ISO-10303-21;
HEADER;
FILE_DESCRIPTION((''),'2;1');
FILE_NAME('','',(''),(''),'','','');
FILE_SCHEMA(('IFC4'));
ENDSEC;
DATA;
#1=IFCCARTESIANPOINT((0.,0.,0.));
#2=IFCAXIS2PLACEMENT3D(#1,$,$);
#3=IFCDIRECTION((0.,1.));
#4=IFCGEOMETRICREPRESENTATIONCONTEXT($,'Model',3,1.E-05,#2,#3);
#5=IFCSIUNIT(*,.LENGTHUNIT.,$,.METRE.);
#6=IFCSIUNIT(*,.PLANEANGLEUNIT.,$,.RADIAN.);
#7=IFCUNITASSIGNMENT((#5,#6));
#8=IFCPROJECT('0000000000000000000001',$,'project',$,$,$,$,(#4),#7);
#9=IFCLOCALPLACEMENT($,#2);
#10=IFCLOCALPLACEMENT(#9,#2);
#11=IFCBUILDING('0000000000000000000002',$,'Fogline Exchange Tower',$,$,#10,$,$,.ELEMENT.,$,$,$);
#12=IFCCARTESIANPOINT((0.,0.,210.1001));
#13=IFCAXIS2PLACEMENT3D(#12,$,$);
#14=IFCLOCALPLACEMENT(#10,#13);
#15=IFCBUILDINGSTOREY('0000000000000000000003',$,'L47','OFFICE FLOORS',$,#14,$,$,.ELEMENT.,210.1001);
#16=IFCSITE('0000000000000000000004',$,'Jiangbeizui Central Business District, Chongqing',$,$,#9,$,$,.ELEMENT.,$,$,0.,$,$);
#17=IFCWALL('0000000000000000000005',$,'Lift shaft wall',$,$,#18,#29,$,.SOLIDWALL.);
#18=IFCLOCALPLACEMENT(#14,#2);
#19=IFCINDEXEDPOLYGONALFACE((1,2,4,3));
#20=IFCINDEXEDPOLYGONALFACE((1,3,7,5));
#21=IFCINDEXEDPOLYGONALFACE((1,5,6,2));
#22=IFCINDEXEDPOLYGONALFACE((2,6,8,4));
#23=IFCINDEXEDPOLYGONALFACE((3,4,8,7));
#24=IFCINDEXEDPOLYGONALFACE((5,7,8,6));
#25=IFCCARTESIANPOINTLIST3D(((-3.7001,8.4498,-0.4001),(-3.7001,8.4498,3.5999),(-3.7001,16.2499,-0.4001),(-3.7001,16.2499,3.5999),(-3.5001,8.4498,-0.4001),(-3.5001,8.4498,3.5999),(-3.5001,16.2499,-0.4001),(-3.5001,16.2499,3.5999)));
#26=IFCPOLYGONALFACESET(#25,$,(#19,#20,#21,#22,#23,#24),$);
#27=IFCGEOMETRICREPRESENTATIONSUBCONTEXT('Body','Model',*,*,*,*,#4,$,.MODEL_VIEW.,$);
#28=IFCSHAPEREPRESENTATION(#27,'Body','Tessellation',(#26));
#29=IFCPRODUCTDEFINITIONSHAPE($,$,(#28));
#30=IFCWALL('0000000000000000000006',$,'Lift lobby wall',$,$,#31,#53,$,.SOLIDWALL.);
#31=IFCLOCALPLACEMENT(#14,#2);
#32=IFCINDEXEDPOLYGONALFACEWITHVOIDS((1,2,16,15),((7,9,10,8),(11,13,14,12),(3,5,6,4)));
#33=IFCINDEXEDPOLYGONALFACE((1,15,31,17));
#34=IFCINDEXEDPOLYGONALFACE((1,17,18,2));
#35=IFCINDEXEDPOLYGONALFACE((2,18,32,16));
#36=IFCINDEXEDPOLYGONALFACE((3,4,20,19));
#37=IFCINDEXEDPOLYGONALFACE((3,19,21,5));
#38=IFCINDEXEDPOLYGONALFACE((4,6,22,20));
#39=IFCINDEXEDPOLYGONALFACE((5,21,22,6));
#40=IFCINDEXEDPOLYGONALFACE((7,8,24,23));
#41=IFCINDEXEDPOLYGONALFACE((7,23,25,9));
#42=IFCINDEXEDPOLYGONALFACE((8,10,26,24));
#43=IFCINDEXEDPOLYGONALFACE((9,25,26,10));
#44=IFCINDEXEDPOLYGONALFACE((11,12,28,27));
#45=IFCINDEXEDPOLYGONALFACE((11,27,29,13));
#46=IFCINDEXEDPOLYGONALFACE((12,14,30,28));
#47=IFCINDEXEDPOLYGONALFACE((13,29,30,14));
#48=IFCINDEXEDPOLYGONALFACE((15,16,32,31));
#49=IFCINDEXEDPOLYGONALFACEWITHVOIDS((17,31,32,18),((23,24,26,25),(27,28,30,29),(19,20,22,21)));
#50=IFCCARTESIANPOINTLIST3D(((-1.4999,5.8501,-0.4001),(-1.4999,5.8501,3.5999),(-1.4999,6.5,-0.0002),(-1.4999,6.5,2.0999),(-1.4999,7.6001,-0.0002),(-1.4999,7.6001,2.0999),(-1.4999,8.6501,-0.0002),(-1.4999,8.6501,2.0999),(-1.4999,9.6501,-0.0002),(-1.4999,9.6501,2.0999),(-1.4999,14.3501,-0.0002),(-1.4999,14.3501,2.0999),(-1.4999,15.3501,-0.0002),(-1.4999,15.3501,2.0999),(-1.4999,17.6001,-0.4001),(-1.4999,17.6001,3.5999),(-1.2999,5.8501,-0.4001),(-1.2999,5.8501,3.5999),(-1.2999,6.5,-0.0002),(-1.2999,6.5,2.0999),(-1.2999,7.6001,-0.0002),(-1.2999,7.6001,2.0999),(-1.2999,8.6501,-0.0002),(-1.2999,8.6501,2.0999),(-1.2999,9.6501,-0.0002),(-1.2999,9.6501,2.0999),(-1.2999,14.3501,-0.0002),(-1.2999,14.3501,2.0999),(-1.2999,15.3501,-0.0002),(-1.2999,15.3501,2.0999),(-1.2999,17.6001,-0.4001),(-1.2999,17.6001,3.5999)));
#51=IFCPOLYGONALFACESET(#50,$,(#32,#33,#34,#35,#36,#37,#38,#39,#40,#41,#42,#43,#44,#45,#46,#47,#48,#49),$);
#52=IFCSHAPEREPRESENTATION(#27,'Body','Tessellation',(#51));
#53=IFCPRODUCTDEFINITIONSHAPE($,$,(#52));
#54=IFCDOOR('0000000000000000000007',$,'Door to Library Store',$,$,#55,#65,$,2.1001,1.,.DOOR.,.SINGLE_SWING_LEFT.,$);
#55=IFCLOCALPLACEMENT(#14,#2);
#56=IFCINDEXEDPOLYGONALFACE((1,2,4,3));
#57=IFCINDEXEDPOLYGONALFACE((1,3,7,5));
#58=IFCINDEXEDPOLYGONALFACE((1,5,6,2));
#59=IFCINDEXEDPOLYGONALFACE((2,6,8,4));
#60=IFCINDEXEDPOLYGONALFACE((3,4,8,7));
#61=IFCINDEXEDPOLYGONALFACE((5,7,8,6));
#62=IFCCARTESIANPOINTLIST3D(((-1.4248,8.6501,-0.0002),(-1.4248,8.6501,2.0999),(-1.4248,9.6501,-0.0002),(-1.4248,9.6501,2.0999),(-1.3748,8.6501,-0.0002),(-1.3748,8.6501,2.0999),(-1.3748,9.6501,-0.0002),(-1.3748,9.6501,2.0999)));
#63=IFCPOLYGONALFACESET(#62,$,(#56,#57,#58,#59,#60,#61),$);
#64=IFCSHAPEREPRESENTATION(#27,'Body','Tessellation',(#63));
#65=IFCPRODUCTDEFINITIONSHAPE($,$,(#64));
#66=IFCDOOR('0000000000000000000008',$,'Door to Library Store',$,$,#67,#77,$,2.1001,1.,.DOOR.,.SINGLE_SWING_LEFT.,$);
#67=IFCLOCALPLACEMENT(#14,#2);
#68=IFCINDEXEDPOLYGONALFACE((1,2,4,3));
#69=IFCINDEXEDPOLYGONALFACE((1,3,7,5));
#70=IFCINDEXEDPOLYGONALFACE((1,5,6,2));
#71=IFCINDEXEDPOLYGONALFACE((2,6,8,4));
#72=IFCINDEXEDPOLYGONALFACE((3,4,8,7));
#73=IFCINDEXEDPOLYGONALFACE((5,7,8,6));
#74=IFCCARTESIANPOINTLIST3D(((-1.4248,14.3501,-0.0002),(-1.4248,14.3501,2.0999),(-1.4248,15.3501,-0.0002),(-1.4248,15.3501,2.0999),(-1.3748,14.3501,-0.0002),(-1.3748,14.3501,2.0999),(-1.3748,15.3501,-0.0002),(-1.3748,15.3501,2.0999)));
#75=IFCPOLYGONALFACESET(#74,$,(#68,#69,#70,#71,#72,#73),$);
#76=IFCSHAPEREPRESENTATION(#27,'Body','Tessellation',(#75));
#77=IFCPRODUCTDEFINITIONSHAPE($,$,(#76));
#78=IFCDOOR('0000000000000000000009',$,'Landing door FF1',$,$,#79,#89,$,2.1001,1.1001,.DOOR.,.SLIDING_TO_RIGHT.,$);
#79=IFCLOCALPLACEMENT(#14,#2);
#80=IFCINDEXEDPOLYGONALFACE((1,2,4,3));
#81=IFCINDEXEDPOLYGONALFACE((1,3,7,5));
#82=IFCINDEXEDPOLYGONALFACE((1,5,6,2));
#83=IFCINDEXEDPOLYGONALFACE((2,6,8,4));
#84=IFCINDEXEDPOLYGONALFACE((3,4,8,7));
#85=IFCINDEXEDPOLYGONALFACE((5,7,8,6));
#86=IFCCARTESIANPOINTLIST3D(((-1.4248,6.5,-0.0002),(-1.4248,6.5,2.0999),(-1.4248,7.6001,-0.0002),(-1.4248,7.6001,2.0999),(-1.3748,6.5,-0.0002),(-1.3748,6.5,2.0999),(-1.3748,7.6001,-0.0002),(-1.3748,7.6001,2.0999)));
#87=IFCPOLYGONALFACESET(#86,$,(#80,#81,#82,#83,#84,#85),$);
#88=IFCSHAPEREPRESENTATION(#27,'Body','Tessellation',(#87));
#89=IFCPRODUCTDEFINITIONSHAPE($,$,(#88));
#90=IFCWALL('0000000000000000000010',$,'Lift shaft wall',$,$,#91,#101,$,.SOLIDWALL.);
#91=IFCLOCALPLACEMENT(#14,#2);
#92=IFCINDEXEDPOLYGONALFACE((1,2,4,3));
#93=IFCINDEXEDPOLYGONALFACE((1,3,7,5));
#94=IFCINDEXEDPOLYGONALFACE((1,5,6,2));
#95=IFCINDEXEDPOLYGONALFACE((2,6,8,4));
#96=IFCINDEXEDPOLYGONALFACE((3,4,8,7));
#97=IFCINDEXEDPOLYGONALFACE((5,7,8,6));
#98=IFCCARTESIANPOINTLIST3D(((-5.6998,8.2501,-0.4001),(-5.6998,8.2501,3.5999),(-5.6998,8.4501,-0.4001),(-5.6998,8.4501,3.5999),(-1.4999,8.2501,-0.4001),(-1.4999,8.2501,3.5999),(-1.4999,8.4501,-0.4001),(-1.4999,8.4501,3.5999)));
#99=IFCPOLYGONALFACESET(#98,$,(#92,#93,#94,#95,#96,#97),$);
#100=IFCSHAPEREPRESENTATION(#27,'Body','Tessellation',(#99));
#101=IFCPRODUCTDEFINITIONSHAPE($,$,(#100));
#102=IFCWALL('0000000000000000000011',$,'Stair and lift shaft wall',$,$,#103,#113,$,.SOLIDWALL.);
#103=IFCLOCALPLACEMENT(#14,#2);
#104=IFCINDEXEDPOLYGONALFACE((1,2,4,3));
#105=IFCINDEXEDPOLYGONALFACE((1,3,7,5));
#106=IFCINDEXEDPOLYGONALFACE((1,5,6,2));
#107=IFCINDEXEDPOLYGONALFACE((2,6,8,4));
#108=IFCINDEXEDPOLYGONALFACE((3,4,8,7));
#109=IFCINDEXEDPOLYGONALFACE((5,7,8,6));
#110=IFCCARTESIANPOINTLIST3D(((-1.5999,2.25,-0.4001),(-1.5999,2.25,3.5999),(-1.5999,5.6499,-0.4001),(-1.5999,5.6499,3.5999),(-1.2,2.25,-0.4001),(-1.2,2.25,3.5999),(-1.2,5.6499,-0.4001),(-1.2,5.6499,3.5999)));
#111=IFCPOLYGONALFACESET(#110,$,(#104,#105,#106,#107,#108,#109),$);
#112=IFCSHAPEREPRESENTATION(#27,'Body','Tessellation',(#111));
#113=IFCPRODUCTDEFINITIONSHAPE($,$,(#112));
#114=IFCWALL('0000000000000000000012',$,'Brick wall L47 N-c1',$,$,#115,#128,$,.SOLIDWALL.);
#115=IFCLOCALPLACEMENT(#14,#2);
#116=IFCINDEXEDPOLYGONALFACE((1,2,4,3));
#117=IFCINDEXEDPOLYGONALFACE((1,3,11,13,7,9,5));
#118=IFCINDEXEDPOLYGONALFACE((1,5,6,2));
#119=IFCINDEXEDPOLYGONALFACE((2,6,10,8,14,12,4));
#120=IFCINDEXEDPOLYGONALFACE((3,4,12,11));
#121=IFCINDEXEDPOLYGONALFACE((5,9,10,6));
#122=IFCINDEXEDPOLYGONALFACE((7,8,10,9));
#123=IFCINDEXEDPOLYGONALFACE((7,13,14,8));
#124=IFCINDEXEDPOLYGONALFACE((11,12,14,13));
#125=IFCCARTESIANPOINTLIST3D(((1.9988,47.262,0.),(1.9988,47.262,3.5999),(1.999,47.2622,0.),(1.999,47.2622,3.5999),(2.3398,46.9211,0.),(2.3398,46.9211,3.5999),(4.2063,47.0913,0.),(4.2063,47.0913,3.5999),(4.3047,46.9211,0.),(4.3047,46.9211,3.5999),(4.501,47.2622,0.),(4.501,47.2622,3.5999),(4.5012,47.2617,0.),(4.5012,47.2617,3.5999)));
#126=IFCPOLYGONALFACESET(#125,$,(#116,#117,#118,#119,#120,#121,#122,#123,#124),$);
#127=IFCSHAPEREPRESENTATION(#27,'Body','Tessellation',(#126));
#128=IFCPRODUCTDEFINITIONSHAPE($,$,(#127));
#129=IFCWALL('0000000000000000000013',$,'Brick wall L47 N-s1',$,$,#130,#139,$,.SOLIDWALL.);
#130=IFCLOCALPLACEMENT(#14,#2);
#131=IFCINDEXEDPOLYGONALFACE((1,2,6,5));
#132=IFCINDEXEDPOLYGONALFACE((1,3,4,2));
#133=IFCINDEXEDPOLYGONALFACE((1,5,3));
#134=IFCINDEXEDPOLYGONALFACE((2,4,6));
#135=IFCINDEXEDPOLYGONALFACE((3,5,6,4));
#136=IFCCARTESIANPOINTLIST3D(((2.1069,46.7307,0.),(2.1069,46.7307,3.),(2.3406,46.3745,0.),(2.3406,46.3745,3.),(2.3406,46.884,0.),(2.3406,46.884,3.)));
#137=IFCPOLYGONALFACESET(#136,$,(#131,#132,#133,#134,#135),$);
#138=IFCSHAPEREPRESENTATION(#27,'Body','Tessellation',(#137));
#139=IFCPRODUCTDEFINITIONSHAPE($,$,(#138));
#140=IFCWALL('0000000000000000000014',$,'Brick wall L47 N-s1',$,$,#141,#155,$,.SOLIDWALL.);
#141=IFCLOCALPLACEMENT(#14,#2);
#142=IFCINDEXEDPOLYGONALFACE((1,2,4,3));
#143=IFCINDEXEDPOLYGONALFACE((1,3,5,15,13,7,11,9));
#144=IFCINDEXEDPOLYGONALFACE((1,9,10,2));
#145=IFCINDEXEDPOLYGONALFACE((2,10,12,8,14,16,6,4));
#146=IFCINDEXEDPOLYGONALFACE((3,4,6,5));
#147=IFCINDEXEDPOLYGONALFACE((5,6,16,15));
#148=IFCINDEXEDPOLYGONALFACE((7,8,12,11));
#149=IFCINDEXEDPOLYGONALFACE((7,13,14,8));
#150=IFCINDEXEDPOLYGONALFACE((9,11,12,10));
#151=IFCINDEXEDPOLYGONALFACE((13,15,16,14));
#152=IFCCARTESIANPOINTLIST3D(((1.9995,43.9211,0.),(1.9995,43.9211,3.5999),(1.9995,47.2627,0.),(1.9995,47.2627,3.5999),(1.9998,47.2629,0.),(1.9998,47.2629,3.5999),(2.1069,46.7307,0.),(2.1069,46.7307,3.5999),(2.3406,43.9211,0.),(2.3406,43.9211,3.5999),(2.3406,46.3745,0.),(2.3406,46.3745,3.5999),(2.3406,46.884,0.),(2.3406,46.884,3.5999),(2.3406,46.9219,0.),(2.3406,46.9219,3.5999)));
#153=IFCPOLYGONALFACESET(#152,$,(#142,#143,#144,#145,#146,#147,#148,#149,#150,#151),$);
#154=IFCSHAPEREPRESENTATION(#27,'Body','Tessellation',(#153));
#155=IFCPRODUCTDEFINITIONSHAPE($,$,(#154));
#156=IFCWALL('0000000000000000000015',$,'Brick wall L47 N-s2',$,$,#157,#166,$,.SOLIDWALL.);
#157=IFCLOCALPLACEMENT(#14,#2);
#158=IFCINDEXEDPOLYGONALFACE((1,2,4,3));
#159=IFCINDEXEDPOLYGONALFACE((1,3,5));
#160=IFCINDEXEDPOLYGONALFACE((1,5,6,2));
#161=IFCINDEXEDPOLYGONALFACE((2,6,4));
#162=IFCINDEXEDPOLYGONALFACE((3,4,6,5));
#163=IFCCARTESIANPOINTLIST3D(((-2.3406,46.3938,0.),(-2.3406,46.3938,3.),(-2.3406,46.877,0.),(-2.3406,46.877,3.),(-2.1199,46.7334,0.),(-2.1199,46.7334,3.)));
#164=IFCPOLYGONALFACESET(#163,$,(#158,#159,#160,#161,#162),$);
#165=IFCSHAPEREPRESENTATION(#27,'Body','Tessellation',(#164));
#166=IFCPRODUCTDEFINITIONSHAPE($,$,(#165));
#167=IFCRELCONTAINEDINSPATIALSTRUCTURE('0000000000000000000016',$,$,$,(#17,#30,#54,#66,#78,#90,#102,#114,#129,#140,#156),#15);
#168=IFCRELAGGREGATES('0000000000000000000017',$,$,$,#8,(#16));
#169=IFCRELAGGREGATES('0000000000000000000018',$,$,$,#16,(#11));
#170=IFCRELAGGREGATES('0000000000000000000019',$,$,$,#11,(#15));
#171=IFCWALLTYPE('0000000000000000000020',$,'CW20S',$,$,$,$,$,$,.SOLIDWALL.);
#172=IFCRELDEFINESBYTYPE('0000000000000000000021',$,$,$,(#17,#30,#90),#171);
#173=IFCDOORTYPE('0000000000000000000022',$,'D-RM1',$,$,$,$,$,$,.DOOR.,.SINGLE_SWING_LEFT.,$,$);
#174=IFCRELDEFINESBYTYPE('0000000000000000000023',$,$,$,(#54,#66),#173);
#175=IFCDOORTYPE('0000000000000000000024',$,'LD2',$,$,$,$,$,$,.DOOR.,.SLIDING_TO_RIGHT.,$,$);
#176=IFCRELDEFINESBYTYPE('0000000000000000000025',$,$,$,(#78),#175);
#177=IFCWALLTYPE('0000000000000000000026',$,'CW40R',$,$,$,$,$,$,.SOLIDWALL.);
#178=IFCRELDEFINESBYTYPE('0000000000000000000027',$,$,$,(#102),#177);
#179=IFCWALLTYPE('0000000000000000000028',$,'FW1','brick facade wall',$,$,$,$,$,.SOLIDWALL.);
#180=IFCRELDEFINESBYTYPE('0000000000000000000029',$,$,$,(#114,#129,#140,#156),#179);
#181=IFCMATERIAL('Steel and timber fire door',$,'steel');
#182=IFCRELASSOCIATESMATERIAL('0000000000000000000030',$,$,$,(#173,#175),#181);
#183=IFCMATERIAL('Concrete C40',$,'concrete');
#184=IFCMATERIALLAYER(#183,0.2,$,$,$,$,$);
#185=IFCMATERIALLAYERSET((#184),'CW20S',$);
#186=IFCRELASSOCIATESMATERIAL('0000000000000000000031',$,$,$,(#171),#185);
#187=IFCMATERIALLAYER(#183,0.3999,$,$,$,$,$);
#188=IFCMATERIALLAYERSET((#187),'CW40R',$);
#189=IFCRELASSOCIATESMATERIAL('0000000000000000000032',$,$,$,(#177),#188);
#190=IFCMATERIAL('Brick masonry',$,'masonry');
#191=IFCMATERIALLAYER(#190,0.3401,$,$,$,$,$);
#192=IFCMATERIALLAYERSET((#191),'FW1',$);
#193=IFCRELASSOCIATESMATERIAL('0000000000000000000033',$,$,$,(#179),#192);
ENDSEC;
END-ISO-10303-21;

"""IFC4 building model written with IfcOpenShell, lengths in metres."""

from ifc_helpers import new_model, si_unit, direction, frame, frame_2d, origin, place, context, subcontext, project, spatial, polyline, rectangle, outline, extrude, material, layer, layer_set, type_object, element, fill, save


model = new_model("IFC4")

# Units and contexts
model_context = context("Model", 3, precision=1e-05, world=origin(), true_north=direction((0.0, 1.0)))
body_context = subcontext(model_context, "Body", "Model", "MODEL_VIEW")
ifc_project = project(units=[si_unit("LENGTHUNIT", "METRE"), si_unit("PLANEANGLEUNIT", "RADIAN")], contexts=[model_context])

# Site, building, storey
site_placement = place(None, origin())
site = spatial("IfcSite", under=ifc_project, at=site_placement, Name="Jiangbeizui Central Business District, Chongqing", CompositionType="ELEMENT", RefElevation=0.0)
building_placement = place(site_placement, origin())
building = spatial("IfcBuilding", under=site, at=building_placement, Name="Fogline Exchange Tower", CompositionType="ELEMENT")
storey_placement = place(building_placement, frame((0.0, 0.0, 210.1001)))
storey = spatial("IfcBuildingStorey", under=building, at=storey_placement, Name="L47", Description="OFFICE FLOORS", CompositionType="ELEMENT", Elevation=210.1001)

# Shared definitions
ifc_material_1 = material(Name="Steel and timber fire door", Category="steel")

# Shared definitions
ifc_material_2 = material(Name="Concrete C40", Category="concrete")
door_type_1 = type_object("IfcDoorType", Name="D-RM1", OperationType="SINGLE_SWING_LEFT", PredefinedType="DOOR", material=ifc_material_1)

# Shared definitions
ifc_layer_1 = layer(ifc_material_2, 0.2)
ifc_layer_set_1 = layer_set([ifc_layer_1], Name="CW20S")
wall_type_1 = type_object("IfcWallType", Name="CW20S", PredefinedType="SOLIDWALL", material=ifc_layer_set_1)

# Wall
wall_1_placement = place(storey_placement, frame((-3.6001, 8.45, -0.4001), z_axis=(0.0, 0.0, 1.0), x_axis=(0.0, 1.0, 0.0)))
element("IfcWall", 1, at=wall_1_placement, inside=storey, type_object=wall_type_1, Name="Lift shaft wall", PredefinedType="SOLIDWALL", context=body_context, shape_type="SweptSolid", body=[
    extrude(rectangle(XDim=7.8, YDim=0.2, at=frame_2d((3.8999, 0.0))), origin(), (0.0, 0.0, 1.0), 4.0),
])

# Wall, openings, doors
wall_2_placement = place(storey_placement, frame((-1.3999, 5.8501, -0.4001), z_axis=(0.0, 0.0, 1.0), x_axis=(0.0, 1.0, 0.0)))
wall_2 = element("IfcWall", 2, at=wall_2_placement, inside=storey, type_object=wall_type_1, Name="Lift lobby wall", PredefinedType="SOLIDWALL", context=body_context, shape_type="SweptSolid", body=[
    extrude(rectangle(XDim=11.75, YDim=0.2, at=frame_2d((5.875, 0.0))), origin(), (0.0, 0.0, 1.0), 4.0),
])
opening_1_placement = place(wall_2_placement, frame((0.6499, 0.0, 0.3999)))
opening_1 = element("IfcOpeningElement", 3, at=opening_1_placement, cuts=wall_2, PredefinedType="OPENING", context=body_context, shape_type="SweptSolid", body=[
    extrude(rectangle(XDim=1.1001, YDim=2.1001, at=frame_2d((0.55, 1.05))), frame((0.0, 0.1099, 0.0), z_axis=(0.0, -1.0, 0.0), x_axis=(1.0, 0.0, 0.0)), (0.0, 0.0, 1.0), 0.22),
])
opening_2_placement = place(wall_2_placement, frame((2.8, 0.0, 0.3999)))
opening_2 = element("IfcOpeningElement", 4, at=opening_2_placement, cuts=wall_2, PredefinedType="OPENING", context=body_context, shape_type="SweptSolid", body=[
    extrude(rectangle(XDim=1.0, YDim=2.1001, at=frame_2d((0.5, 1.05))), frame((0.0, 0.1099, 0.0), z_axis=(0.0, -1.0, 0.0), x_axis=(1.0, 0.0, 0.0)), (0.0, 0.0, 1.0), 0.22),
])
opening_3_placement = place(wall_2_placement, frame((8.5, 0.0, 0.3999)))
opening_3 = element("IfcOpeningElement", 5, at=opening_3_placement, cuts=wall_2, PredefinedType="OPENING", context=body_context, shape_type="SweptSolid", body=[
    extrude(rectangle(XDim=1.0, YDim=2.1001, at=frame_2d((0.5, 1.05))), frame((0.0, 0.1099, 0.0), z_axis=(0.0, -1.0, 0.0), x_axis=(1.0, 0.0, 0.0)), (0.0, 0.0, 1.0), 0.22),
])
door_1_placement = place(opening_2_placement, origin())
door_1 = element("IfcDoor", 6, at=door_1_placement, inside=storey, type_object=door_type_1, Name="Door to Library Store", OperationType="SINGLE_SWING_LEFT", OverallHeight=2.1001, OverallWidth=1.0, PredefinedType="DOOR", context=body_context, shape_type="SweptSolid", body=[
    extrude(rectangle(XDim=1.0, YDim=2.1001, at=frame_2d((0.5, 1.05))), frame((0.0, 0.0249, 0.0), z_axis=(0.0, -1.0, 0.0), x_axis=(1.0, 0.0, 0.0)), (0.0, 0.0, 1.0), 0.05),
])
fill(opening_2, door_1)
door_2_placement = place(opening_3_placement, origin())
door_2 = element("IfcDoor", 7, at=door_2_placement, inside=storey, type_object=door_type_1, Name="Door to Library Store", OperationType="SINGLE_SWING_LEFT", OverallHeight=2.1001, OverallWidth=1.0, PredefinedType="DOOR", context=body_context, shape_type="SweptSolid", body=[
    extrude(rectangle(XDim=1.0, YDim=2.1001, at=frame_2d((0.5, 1.05))), frame((0.0, 0.0249, 0.0), z_axis=(0.0, -1.0, 0.0), x_axis=(1.0, 0.0, 0.0)), (0.0, 0.0, 1.0), 0.05),
])
fill(opening_3, door_2)
door_type_2 = type_object("IfcDoorType", Name="LD2", OperationType="SLIDING_TO_RIGHT", PredefinedType="DOOR", material=ifc_material_1)
door_3_placement = place(opening_1_placement, origin())
door_3 = element("IfcDoor", 8, at=door_3_placement, inside=storey, type_object=door_type_2, Name="Landing door FF1", OperationType="SLIDING_TO_RIGHT", OverallHeight=2.1001, OverallWidth=1.1001, PredefinedType="DOOR", context=body_context, shape_type="SweptSolid", body=[
    extrude(rectangle(XDim=1.1001, YDim=2.1001, at=frame_2d((0.55, 1.05))), frame((0.0, 0.0249, 0.0), z_axis=(0.0, -1.0, 0.0), x_axis=(1.0, 0.0, 0.0)), (0.0, 0.0, 1.0), 0.05),
])
fill(opening_1, door_3)

# Walls
wall_3_placement = place(storey_placement, frame((-5.7, 8.3501, -0.4001), z_axis=(0.0, 0.0, 1.0), x_axis=(1.0, 0.0, 0.0)))
element("IfcWall", 9, at=wall_3_placement, inside=storey, type_object=wall_type_1, Name="Lift shaft wall", PredefinedType="SOLIDWALL", context=body_context, shape_type="SweptSolid", body=[
    extrude(rectangle(XDim=4.2, YDim=0.2, at=frame_2d((2.1001, 0.0))), origin(), (0.0, 0.0, 1.0), 4.0),
])
ifc_layer_2 = layer(ifc_material_2, 0.3999)
ifc_layer_set_2 = layer_set([ifc_layer_2], Name="CW40R")
wall_type_2 = type_object("IfcWallType", Name="CW40R", PredefinedType="SOLIDWALL", material=ifc_layer_set_2)
wall_4_placement = place(storey_placement, frame((-1.3999, 2.25, -0.4001), z_axis=(0.0, 0.0, 1.0), x_axis=(0.0, 1.0, 0.0)))
element("IfcWall", 10, at=wall_4_placement, inside=storey, type_object=wall_type_2, Name="Stair and lift shaft wall", PredefinedType="SOLIDWALL", context=body_context, shape_type="SweptSolid", body=[
    extrude(rectangle(XDim=3.3999, YDim=0.3999, at=frame_2d((1.7, 0.0))), origin(), (0.0, 0.0, 1.0), 4.0),
])
ifc_material_3 = material(Name="Brick masonry", Category="masonry")
ifc_layer_3 = layer(ifc_material_3, 0.3401)
ifc_layer_set_3 = layer_set([ifc_layer_3], Name="FW1")
wall_type_3 = type_object("IfcWallType", Name="FW1", Description="brick facade wall", PredefinedType="SOLIDWALL", material=ifc_layer_set_3)
wall_5_placement = place(storey_placement, origin())
element("IfcWall", 11, at=wall_5_placement, inside=storey, type_object=wall_type_3, Name="Brick wall L47 N-c1", PredefinedType="SOLIDWALL", context=body_context, shape_type="SweptSolid", body=[
    extrude(outline(polyline([(1.999, 47.2622), (4.501, 47.2622), (4.5012, 47.2617), (4.2063, 47.0913), (4.3047, 46.9211), (2.3398, 46.9211), (1.9988, 47.262), (1.999, 47.2622)])), origin(), (0.0, 0.0, 1.0), 3.5999),
])
wall_6_placement = place(storey_placement, origin())
element("IfcWall", 12, at=wall_6_placement, inside=storey, type_object=wall_type_3, Name="Brick wall L47 N-s1", PredefinedType="SOLIDWALL", context=body_context, shape_type="SweptSolid", body=[
    extrude(outline(polyline([(2.3406, 46.3745), (2.1069, 46.7307), (2.3406, 46.884), (2.3406, 46.3745)])), origin(), (0.0, 0.0, 1.0), 3.0),
])
wall_7_placement = place(storey_placement, origin())
element("IfcWall", 13, at=wall_7_placement, inside=storey, type_object=wall_type_3, Name="Brick wall L47 N-s1", PredefinedType="SOLIDWALL", context=body_context, shape_type="SweptSolid", body=[
    extrude(outline(polyline([(1.9995, 43.9211), (1.9995, 47.2627), (1.9998, 47.2629), (2.3406, 46.9219), (2.3406, 46.884), (2.1069, 46.7307), (2.3406, 46.3745), (2.3406, 43.9211), (1.9995, 43.9211)])), origin(), (0.0, 0.0, 1.0), 3.5999),
])
wall_8_placement = place(storey_placement, origin())
element("IfcWall", 14, at=wall_8_placement, inside=storey, type_object=wall_type_3, Name="Brick wall L47 N-s2", PredefinedType="SOLIDWALL", context=body_context, shape_type="SweptSolid", body=[
    extrude(outline(polyline([(-2.3406, 46.877), (-2.1199, 46.7334), (-2.3406, 46.3938), (-2.3406, 46.877)])), origin(), (0.0, 0.0, 1.0), 3.0),
])

save(model, "model.ifc")
